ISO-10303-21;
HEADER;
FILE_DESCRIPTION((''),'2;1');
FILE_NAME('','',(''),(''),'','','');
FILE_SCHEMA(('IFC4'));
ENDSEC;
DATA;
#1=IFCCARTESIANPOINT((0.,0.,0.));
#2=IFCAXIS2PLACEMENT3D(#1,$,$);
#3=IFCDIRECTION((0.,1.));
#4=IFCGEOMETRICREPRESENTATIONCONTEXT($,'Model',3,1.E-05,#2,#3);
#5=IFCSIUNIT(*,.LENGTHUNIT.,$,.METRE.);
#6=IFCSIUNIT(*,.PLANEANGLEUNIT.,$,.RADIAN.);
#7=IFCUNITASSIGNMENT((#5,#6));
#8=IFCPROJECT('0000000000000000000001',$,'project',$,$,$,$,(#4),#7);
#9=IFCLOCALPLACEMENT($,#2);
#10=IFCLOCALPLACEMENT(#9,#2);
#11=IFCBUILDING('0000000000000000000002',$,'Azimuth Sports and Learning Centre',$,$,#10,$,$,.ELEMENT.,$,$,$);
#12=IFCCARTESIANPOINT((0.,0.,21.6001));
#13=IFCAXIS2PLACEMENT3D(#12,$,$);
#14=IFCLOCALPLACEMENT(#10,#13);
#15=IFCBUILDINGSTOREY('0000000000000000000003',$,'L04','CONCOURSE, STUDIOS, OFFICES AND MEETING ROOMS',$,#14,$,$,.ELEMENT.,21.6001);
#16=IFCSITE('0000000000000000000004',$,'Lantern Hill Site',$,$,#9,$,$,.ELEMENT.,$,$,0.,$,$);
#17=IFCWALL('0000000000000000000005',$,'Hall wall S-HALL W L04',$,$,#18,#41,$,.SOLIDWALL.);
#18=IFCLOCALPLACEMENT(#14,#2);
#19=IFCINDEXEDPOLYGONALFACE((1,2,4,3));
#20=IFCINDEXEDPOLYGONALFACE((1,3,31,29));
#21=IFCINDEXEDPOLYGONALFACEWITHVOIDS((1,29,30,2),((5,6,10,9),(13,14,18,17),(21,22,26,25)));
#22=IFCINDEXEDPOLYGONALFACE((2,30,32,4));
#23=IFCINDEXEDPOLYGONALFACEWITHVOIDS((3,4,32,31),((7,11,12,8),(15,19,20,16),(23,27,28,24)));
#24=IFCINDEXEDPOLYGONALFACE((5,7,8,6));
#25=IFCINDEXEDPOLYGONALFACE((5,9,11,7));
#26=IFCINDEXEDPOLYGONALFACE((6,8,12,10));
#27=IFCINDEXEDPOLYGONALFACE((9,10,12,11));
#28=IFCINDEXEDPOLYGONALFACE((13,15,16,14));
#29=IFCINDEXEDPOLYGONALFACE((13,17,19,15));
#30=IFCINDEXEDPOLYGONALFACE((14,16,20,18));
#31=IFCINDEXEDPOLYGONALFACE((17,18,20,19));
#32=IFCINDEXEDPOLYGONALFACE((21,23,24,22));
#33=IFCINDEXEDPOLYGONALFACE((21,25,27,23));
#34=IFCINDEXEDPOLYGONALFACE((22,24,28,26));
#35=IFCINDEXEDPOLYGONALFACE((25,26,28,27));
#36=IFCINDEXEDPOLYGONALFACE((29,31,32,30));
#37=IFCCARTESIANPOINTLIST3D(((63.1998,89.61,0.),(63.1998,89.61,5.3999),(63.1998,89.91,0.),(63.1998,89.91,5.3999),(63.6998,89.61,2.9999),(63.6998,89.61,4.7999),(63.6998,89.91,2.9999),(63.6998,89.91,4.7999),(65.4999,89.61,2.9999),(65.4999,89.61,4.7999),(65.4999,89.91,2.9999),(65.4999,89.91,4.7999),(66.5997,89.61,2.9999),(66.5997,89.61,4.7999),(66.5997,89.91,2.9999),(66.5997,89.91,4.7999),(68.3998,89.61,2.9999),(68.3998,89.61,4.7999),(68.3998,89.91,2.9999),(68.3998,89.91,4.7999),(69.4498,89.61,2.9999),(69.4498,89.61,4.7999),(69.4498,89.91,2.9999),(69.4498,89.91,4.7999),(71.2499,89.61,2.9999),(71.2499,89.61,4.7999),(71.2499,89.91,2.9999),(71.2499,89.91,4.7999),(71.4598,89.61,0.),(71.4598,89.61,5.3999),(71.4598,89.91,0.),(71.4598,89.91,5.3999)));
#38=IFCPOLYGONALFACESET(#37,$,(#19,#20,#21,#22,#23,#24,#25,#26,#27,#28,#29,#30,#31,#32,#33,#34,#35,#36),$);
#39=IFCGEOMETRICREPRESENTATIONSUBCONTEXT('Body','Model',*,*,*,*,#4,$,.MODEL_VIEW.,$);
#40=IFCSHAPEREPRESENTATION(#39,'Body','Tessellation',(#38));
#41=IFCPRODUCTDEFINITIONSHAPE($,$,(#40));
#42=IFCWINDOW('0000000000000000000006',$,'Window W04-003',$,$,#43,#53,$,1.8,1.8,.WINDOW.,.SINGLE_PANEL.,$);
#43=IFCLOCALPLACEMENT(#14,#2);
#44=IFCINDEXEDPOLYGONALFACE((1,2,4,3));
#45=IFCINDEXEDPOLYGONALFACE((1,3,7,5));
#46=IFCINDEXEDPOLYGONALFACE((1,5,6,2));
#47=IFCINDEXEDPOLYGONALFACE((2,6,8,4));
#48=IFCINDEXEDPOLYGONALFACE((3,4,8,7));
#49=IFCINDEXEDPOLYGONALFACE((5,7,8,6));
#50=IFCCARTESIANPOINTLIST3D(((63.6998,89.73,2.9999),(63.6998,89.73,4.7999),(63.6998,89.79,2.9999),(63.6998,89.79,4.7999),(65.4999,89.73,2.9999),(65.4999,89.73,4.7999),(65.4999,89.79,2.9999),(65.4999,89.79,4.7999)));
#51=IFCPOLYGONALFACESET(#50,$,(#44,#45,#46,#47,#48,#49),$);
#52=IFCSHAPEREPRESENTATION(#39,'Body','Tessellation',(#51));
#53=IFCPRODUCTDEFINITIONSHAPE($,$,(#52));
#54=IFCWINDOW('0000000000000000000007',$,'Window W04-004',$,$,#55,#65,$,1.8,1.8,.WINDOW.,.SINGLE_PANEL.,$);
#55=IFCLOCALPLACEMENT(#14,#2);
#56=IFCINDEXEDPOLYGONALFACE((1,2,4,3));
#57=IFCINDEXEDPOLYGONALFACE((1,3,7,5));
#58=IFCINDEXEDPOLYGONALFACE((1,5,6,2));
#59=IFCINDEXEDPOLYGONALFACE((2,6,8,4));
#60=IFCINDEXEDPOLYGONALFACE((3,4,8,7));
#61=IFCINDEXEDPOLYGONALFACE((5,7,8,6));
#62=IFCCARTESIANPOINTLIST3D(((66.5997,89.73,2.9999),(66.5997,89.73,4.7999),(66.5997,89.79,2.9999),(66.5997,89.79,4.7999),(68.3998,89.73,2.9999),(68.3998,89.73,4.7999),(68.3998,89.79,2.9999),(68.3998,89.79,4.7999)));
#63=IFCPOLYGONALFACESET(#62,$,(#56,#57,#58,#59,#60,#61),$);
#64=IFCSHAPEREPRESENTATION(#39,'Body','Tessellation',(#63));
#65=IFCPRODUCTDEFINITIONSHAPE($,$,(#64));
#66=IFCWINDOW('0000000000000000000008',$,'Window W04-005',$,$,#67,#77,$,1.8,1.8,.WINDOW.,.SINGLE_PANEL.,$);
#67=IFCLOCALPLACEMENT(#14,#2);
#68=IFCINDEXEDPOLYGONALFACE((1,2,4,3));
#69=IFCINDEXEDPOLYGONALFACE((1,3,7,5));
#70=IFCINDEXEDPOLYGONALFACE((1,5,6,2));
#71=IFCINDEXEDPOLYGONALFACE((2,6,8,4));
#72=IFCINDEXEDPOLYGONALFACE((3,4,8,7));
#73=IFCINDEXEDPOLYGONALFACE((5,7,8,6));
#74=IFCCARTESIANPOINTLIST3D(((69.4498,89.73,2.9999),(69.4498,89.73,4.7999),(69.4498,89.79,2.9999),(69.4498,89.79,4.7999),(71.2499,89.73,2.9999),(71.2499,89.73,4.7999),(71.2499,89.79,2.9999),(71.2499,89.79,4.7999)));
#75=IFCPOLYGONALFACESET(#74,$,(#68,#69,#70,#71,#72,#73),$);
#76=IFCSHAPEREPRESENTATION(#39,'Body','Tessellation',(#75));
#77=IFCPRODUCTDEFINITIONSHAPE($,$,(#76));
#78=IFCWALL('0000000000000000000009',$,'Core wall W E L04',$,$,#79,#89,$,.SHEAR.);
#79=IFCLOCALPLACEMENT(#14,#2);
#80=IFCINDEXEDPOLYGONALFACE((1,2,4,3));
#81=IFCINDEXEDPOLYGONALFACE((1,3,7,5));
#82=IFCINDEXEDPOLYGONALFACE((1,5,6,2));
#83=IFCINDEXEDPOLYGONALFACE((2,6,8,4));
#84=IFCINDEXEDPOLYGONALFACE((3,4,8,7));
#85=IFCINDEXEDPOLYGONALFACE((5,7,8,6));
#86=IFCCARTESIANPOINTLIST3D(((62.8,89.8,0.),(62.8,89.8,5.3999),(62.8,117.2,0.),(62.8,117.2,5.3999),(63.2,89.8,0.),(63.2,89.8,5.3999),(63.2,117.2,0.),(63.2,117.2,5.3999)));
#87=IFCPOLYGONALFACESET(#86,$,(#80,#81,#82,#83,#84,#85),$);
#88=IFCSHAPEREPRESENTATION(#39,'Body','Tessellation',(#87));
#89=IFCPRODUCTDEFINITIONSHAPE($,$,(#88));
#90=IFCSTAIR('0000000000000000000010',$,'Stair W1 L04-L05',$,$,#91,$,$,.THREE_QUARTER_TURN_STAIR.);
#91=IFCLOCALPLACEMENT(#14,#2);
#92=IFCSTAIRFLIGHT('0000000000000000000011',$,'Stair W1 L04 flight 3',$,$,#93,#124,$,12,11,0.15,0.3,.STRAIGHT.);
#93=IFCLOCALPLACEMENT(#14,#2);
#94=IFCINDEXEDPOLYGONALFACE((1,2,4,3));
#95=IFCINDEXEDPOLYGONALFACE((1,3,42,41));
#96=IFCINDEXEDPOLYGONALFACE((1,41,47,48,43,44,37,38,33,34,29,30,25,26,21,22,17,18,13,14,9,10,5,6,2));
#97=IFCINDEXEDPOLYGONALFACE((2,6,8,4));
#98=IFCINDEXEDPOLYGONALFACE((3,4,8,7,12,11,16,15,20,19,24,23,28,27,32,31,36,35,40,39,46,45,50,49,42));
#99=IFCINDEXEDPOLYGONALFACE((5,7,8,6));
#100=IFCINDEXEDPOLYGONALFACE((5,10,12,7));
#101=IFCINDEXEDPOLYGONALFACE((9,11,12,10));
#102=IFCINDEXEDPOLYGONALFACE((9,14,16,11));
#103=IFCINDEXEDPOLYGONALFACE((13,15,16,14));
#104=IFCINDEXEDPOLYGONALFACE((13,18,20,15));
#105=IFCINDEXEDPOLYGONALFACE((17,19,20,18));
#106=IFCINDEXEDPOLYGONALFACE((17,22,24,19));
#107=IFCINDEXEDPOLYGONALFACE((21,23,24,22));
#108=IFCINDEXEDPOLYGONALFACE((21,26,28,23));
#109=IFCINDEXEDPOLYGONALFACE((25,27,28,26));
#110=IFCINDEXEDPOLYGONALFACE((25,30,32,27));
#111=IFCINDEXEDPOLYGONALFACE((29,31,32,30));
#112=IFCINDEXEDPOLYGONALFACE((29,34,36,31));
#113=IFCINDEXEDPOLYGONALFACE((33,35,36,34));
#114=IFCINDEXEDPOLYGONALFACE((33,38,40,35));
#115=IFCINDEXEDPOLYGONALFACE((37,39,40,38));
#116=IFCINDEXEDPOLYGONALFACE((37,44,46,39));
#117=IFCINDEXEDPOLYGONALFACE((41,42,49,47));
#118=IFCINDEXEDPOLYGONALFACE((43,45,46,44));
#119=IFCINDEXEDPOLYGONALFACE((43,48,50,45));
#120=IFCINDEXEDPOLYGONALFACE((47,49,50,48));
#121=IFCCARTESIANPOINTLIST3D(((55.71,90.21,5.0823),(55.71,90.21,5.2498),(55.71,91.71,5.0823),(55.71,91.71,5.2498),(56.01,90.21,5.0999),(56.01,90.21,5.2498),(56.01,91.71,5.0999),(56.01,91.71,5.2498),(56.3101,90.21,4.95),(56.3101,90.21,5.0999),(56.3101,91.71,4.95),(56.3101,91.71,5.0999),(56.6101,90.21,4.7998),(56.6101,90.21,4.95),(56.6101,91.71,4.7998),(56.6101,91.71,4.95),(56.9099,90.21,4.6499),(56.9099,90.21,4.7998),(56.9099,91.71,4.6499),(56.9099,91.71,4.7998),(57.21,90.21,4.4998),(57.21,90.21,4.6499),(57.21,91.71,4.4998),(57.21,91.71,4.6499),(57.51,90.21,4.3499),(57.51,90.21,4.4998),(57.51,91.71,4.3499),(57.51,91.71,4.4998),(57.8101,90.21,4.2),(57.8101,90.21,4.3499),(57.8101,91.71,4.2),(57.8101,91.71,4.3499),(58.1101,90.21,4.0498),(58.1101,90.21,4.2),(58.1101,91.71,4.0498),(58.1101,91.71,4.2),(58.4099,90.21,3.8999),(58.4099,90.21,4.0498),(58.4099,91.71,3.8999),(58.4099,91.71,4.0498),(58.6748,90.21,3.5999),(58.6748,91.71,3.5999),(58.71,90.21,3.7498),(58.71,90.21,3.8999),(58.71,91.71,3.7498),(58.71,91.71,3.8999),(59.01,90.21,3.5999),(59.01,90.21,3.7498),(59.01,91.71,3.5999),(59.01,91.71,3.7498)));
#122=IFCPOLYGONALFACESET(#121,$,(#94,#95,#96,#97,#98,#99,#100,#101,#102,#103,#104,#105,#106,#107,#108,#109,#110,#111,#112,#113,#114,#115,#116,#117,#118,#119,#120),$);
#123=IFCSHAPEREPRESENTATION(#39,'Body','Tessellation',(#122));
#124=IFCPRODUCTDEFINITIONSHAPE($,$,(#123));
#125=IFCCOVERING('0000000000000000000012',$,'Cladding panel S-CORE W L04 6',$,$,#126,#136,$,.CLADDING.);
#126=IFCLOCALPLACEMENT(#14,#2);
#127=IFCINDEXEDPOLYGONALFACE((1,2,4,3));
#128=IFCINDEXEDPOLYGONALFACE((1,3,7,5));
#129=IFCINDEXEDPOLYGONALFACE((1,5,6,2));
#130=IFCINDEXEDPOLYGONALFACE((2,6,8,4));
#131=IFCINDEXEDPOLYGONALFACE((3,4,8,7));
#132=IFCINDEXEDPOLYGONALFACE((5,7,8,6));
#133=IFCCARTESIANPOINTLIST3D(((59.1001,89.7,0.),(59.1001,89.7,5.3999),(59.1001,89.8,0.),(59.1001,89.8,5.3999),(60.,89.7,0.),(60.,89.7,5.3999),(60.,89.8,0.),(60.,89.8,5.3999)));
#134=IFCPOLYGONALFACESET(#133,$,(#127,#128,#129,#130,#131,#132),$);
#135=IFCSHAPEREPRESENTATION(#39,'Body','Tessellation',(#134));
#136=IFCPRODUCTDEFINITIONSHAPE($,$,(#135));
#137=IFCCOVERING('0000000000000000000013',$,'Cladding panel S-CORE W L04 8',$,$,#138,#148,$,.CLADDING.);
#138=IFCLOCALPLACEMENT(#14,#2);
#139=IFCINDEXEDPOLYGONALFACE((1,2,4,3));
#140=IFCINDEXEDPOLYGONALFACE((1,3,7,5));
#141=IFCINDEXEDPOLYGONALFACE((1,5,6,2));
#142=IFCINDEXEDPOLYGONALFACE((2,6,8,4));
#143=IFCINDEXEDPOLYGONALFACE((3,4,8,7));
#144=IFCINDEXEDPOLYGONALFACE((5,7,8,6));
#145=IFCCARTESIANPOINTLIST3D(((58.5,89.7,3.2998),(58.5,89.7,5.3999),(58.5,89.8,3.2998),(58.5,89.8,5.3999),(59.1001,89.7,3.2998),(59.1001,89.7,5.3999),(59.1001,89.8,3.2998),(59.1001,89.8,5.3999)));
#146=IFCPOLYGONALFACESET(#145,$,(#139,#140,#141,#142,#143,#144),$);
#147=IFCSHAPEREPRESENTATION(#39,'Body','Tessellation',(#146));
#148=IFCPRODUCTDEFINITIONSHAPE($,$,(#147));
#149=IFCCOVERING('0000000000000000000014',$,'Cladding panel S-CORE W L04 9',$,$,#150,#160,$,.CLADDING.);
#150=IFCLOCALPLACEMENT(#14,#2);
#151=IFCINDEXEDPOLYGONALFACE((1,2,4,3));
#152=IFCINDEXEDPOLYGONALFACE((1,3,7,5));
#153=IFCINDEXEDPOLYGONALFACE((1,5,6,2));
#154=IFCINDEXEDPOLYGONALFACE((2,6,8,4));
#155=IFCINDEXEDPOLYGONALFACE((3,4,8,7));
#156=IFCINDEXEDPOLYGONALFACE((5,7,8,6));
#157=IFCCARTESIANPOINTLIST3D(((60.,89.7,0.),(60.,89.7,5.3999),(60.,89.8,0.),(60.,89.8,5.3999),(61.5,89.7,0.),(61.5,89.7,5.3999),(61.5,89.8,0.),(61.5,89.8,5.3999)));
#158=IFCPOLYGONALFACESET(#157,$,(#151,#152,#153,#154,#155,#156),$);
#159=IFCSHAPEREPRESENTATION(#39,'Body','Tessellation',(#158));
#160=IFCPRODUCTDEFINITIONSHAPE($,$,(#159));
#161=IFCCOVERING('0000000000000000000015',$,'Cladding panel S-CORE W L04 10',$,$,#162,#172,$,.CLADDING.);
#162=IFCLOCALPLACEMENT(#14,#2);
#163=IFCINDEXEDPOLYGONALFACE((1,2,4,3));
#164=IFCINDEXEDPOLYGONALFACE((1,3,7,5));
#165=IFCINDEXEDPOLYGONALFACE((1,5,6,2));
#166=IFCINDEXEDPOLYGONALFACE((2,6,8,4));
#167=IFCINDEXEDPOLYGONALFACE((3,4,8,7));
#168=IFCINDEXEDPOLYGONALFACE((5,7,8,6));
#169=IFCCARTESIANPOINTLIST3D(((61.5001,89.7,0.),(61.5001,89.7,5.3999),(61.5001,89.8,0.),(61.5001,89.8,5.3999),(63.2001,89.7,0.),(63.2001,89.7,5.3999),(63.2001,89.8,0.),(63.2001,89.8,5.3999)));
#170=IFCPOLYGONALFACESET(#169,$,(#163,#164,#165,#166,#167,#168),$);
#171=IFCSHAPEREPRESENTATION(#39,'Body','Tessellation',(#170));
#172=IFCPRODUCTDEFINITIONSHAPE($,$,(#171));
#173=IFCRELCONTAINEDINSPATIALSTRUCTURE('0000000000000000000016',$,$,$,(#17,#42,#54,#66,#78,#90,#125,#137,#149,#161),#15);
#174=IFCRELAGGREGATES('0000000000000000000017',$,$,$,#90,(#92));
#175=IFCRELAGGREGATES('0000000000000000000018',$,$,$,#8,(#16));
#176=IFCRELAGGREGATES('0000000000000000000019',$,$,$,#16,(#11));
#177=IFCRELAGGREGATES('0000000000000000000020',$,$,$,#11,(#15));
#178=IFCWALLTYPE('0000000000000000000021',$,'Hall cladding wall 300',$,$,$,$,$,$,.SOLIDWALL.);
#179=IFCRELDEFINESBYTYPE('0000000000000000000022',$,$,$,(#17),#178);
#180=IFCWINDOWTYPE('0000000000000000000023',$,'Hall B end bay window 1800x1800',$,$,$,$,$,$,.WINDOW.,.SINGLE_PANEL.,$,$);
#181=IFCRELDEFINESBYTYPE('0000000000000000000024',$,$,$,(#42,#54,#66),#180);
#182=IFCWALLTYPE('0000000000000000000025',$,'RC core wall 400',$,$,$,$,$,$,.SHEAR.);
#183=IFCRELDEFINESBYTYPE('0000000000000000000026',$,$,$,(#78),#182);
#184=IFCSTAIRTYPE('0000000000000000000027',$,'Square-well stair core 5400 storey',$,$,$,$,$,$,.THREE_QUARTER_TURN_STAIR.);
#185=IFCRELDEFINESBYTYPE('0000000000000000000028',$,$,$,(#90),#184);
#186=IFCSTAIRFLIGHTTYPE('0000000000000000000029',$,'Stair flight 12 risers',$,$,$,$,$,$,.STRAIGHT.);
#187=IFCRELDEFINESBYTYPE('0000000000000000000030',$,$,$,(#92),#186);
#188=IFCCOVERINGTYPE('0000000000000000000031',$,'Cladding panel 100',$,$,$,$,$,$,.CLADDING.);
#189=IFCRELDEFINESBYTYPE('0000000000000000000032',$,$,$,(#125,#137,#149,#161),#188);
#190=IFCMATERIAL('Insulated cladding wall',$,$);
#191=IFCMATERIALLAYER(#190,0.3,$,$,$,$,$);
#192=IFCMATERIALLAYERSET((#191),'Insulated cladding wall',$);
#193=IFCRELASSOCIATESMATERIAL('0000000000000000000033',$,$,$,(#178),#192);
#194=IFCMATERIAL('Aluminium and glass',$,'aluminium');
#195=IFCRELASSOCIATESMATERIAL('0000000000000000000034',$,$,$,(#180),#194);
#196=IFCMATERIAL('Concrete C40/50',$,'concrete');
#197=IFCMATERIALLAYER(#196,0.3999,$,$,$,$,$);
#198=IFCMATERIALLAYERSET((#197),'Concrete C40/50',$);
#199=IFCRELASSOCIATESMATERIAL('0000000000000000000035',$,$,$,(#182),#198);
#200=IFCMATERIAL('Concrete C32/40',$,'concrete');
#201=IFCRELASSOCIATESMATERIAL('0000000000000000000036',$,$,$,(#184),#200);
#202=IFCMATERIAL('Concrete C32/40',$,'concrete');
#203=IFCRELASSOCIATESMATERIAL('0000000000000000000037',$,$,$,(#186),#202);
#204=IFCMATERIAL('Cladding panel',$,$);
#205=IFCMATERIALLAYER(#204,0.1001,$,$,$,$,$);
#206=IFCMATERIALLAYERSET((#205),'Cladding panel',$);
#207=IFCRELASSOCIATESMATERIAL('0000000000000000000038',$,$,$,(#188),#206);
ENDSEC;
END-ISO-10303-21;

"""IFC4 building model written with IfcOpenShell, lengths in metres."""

from ifc_helpers import new_model, si_unit, direction, frame, frame_2d, origin, origin_2d, place, context, subcontext, project, spatial, polyline, rectangle, outline, extrude, material, layer, layer_set, type_object, element, fill, aggregate, save


model = new_model("IFC4")

# Units and contexts
model_context = context("Model", 3, precision=1e-05, world=origin(), true_north=direction((0.0, 1.0)))
body_context = subcontext(model_context, "Body", "Model", "MODEL_VIEW")
ifc_project = project(units=[si_unit("LENGTHUNIT", "METRE"), si_unit("PLANEANGLEUNIT", "RADIAN")], contexts=[model_context])

# Site, building, storey
site_placement = place(None, origin())
site = spatial("IfcSite", under=ifc_project, at=site_placement, Name="Lantern Hill Site", CompositionType="ELEMENT", RefElevation=0.0)
building_placement = place(site_placement, origin())
building = spatial("IfcBuilding", under=site, at=building_placement, Name="Azimuth Sports and Learning Centre", CompositionType="ELEMENT")
storey_placement = place(building_placement, frame((0.0, 0.0, 21.6001)))
storey = spatial("IfcBuildingStorey", under=building, at=storey_placement, Name="L04", Description="CONCOURSE, STUDIOS, OFFICES AND MEETING ROOMS", CompositionType="ELEMENT", Elevation=21.6001)

# Wall, openings, windows
ifc_material_1 = material(Name="Insulated cladding wall")
ifc_layer_1 = layer(ifc_material_1, 0.3)
ifc_layer_set_1 = layer_set([ifc_layer_1], Name="Insulated cladding wall")
wall_type_1 = type_object("IfcWallType", Name="Hall cladding wall 300", PredefinedType="SOLIDWALL", material=ifc_layer_set_1)
wall_1_placement = place(storey_placement, frame((63.2, 89.76, 0.0), z_axis=(0.0, 0.0, 1.0), x_axis=(1.0, 0.0, 0.0)))
wall_1 = element("IfcWall", 1, at=wall_1_placement, inside=storey, type_object=wall_type_1, Name="Hall wall S-HALL W L04", PredefinedType="SOLIDWALL", context=body_context, shape_type="SweptSolid", body=[
    extrude(rectangle(XDim=8.26, YDim=0.3, at=frame_2d((4.1299, 0.0))), origin(), (0.0, 0.0, 1.0), 5.3999),
])
opening_1_placement = place(wall_1_placement, frame((0.5, 0.0, 3.0)))
opening_1 = element("IfcOpeningElement", 2, at=opening_1_placement, cuts=wall_1, PredefinedType="OPENING", context=body_context, shape_type="SweptSolid", body=[
    extrude(rectangle(XDim=1.8, YDim=1.8, at=frame_2d((0.8999, 0.8999))), frame((0.0, 0.1611, 0.0), z_axis=(0.0, -1.0, 0.0), x_axis=(1.0, 0.0, 0.0)), (0.0, 0.0, 1.0), 0.322),
])
opening_2_placement = place(wall_1_placement, frame((3.3999, 0.0, 3.0)))
opening_2 = element("IfcOpeningElement", 3, at=opening_2_placement, cuts=wall_1, PredefinedType="OPENING", context=body_context, shape_type="SweptSolid", body=[
    extrude(rectangle(XDim=1.8, YDim=1.8, at=frame_2d((0.8999, 0.8999))), frame((0.0, 0.1611, 0.0), z_axis=(0.0, -1.0, 0.0), x_axis=(1.0, 0.0, 0.0)), (0.0, 0.0, 1.0), 0.322),
])
opening_3_placement = place(wall_1_placement, frame((6.25, 0.0, 3.0)))
opening_3 = element("IfcOpeningElement", 4, at=opening_3_placement, cuts=wall_1, PredefinedType="OPENING", context=body_context, shape_type="SweptSolid", body=[
    extrude(rectangle(XDim=1.8, YDim=1.8, at=frame_2d((0.8999, 0.8999))), frame((0.0, 0.1611, 0.0), z_axis=(0.0, -1.0, 0.0), x_axis=(1.0, 0.0, 0.0)), (0.0, 0.0, 1.0), 0.322),
])
ifc_material_2 = material(Name="Aluminium and glass", Category="aluminium")
window_type = type_object("IfcWindowType", Name="Hall B end bay window 1800x1800", PartitioningType="SINGLE_PANEL", PredefinedType="WINDOW", material=ifc_material_2)
window_1_placement = place(opening_1_placement, origin())
window_1 = element("IfcWindow", 5, at=window_1_placement, inside=storey, type_object=window_type, Name="Window W04-003", OverallHeight=1.8, OverallWidth=1.8, PartitioningType="SINGLE_PANEL", PredefinedType="WINDOW", context=body_context, shape_type="SweptSolid", body=[
    extrude(rectangle(XDim=1.8, YDim=1.8, at=frame_2d((0.8999, 0.8999))), frame((0.0, 0.03, 0.0), z_axis=(0.0, -1.0, 0.0), x_axis=(1.0, 0.0, 0.0)), (0.0, 0.0, 1.0), 0.0601),
])
fill(opening_1, window_1)
window_2_placement = place(opening_2_placement, origin())
window_2 = element("IfcWindow", 6, at=window_2_placement, inside=storey, type_object=window_type, Name="Window W04-004", OverallHeight=1.8, OverallWidth=1.8, PartitioningType="SINGLE_PANEL", PredefinedType="WINDOW", context=body_context, shape_type="SweptSolid", body=[
    extrude(rectangle(XDim=1.8, YDim=1.8, at=frame_2d((0.8999, 0.8999))), frame((0.0, 0.03, 0.0), z_axis=(0.0, -1.0, 0.0), x_axis=(1.0, 0.0, 0.0)), (0.0, 0.0, 1.0), 0.0601),
])
fill(opening_2, window_2)
window_3_placement = place(opening_3_placement, origin())
window_3 = element("IfcWindow", 7, at=window_3_placement, inside=storey, type_object=window_type, Name="Window W04-005", OverallHeight=1.8, OverallWidth=1.8, PartitioningType="SINGLE_PANEL", PredefinedType="WINDOW", context=body_context, shape_type="SweptSolid", body=[
    extrude(rectangle(XDim=1.8, YDim=1.8, at=frame_2d((0.8999, 0.8999))), frame((0.0, 0.03, 0.0), z_axis=(0.0, -1.0, 0.0), x_axis=(1.0, 0.0, 0.0)), (0.0, 0.0, 1.0), 0.0601),
])
fill(opening_3, window_3)

# Wall
ifc_material_3 = material(Name="Concrete C40/50", Category="concrete")
ifc_layer_2 = layer(ifc_material_3, 0.3999)
ifc_layer_set_2 = layer_set([ifc_layer_2], Name="Concrete C40/50")
wall_type_2 = type_object("IfcWallType", Name="RC core wall 400", PredefinedType="SHEAR", material=ifc_layer_set_2)
wall_2_placement = place(storey_placement, frame((63.0, 89.8, 0.0), z_axis=(0.0, 0.0, 1.0), x_axis=(0.0, 1.0, 0.0)))
element("IfcWall", 8, at=wall_2_placement, inside=storey, type_object=wall_type_2, Name="Core wall W E L04", PredefinedType="SHEAR", context=body_context, shape_type="SweptSolid", body=[
    extrude(rectangle(XDim=27.3999, YDim=0.3999, at=frame_2d((13.7, 0.0))), origin(), (0.0, 0.0, 1.0), 5.3999),
])

# Stair, stair flight
ifc_material_4 = material(Name="Concrete C32/40", Category="concrete")
stair_type = type_object("IfcStairType", Name="Square-well stair core 5400 storey", PredefinedType="THREE_QUARTER_TURN_STAIR", material=ifc_material_4)
stair_placement = place(storey_placement, origin())
stair = element("IfcStair", 9, at=stair_placement, inside=storey, type_object=stair_type, Name="Stair W1 L04-L05", PredefinedType="THREE_QUARTER_TURN_STAIR")
ifc_material_5 = material(Name="Concrete C32/40", Category="concrete")
stair_flight_type = type_object("IfcStairFlightType", Name="Stair flight 12 risers", PredefinedType="STRAIGHT", material=ifc_material_5)
stair_flight_placement = place(storey_placement, frame((59.01, 90.96, 3.5999), z_axis=(0.0, 0.0, 1.0), x_axis=(-1.0, 0.0, 0.0)))
stair_flight = element("IfcStairFlight", 10, at=stair_flight_placement, type_object=stair_flight_type, Name="Stair W1 L04 flight 3", NumberOfRisers=12, NumberOfTreads=11, PredefinedType="STRAIGHT", RiserHeight=0.15, TreadLength=0.3, context=body_context, shape_type="SweptSolid", body=[
    extrude(outline(polyline([(0.0, 0.0), (0.0, 0.1499), (0.3, 0.1499), (0.3, 0.3), (0.6001, 0.3), (0.6001, 0.45), (0.8999, 0.45), (0.8999, 0.6001), (1.2, 0.6001), (1.2, 0.75), (1.5, 0.75), (1.5, 0.8999), (1.8, 0.8999), (1.8, 1.05), (2.1001, 1.05), (2.1001, 1.2), (2.3999, 1.2), (2.3999, 1.3501), (2.7, 1.3501), (2.7, 1.5), (3.0, 1.5), (3.0, 1.6499), (3.3, 1.6499), (3.3, 1.8), (3.3, 1.4824), (0.3352, 0.0), (0.0, 0.0)])), frame((0.0, 0.75, 0.0), z_axis=(0.0, -1.0, 0.0), x_axis=(1.0, 0.0, 0.0)), (0.0, 0.0, 1.0), 1.5),
])
aggregate(stair, [stair_flight])

# Coverings
ifc_material_6 = material(Name="Cladding panel")
ifc_layer_3 = layer(ifc_material_6, 0.1001)
ifc_layer_set_3 = layer_set([ifc_layer_3], Name="Cladding panel")
covering_type = type_object("IfcCoveringType", Name="Cladding panel 100", PredefinedType="CLADDING", material=ifc_layer_set_3)
covering_1_placement = place(storey_placement, frame((59.55, 89.75, 0.0), z_axis=(0.0, 0.0, 1.0), x_axis=(1.0, 0.0, 0.0)))
element("IfcCovering", 11, at=covering_1_placement, inside=storey, type_object=covering_type, Name="Cladding panel S-CORE W L04 6", PredefinedType="CLADDING", context=body_context, shape_type="SweptSolid", body=[
    extrude(rectangle(XDim=0.8999, YDim=0.1001, at=origin_2d()), origin(), (0.0, 0.0, 1.0), 5.3999),
])
covering_2_placement = place(storey_placement, frame((58.8, 89.75, 3.2998), z_axis=(0.0, 0.0, 1.0), x_axis=(1.0, 0.0, 0.0)))
element("IfcCovering", 12, at=covering_2_placement, inside=storey, type_object=covering_type, Name="Cladding panel S-CORE W L04 8", PredefinedType="CLADDING", context=body_context, shape_type="SweptSolid", body=[
    extrude(rectangle(XDim=0.6001, YDim=0.1001, at=origin_2d()), origin(), (0.0, 0.0, 1.0), 2.1001),
])
covering_3_placement = place(storey_placement, frame((60.75, 89.75, 0.0), z_axis=(0.0, 0.0, 1.0), x_axis=(1.0, 0.0, 0.0)))
element("IfcCovering", 13, at=covering_3_placement, inside=storey, type_object=covering_type, Name="Cladding panel S-CORE W L04 9", PredefinedType="CLADDING", context=body_context, shape_type="SweptSolid", body=[
    extrude(rectangle(XDim=1.5, YDim=0.1001, at=origin_2d()), origin(), (0.0, 0.0, 1.0), 5.3999),
])
covering_4_placement = place(storey_placement, frame((62.3501, 89.75, 0.0), z_axis=(0.0, 0.0, 1.0), x_axis=(1.0, 0.0, 0.0)))
element("IfcCovering", 14, at=covering_4_placement, inside=storey, type_object=covering_type, Name="Cladding panel S-CORE W L04 10", PredefinedType="CLADDING", context=body_context, shape_type="SweptSolid", body=[
    extrude(rectangle(XDim=1.7, YDim=0.1001, at=origin_2d()), origin(), (0.0, 0.0, 1.0), 5.3999),
])

save(model, "model.ifc")
